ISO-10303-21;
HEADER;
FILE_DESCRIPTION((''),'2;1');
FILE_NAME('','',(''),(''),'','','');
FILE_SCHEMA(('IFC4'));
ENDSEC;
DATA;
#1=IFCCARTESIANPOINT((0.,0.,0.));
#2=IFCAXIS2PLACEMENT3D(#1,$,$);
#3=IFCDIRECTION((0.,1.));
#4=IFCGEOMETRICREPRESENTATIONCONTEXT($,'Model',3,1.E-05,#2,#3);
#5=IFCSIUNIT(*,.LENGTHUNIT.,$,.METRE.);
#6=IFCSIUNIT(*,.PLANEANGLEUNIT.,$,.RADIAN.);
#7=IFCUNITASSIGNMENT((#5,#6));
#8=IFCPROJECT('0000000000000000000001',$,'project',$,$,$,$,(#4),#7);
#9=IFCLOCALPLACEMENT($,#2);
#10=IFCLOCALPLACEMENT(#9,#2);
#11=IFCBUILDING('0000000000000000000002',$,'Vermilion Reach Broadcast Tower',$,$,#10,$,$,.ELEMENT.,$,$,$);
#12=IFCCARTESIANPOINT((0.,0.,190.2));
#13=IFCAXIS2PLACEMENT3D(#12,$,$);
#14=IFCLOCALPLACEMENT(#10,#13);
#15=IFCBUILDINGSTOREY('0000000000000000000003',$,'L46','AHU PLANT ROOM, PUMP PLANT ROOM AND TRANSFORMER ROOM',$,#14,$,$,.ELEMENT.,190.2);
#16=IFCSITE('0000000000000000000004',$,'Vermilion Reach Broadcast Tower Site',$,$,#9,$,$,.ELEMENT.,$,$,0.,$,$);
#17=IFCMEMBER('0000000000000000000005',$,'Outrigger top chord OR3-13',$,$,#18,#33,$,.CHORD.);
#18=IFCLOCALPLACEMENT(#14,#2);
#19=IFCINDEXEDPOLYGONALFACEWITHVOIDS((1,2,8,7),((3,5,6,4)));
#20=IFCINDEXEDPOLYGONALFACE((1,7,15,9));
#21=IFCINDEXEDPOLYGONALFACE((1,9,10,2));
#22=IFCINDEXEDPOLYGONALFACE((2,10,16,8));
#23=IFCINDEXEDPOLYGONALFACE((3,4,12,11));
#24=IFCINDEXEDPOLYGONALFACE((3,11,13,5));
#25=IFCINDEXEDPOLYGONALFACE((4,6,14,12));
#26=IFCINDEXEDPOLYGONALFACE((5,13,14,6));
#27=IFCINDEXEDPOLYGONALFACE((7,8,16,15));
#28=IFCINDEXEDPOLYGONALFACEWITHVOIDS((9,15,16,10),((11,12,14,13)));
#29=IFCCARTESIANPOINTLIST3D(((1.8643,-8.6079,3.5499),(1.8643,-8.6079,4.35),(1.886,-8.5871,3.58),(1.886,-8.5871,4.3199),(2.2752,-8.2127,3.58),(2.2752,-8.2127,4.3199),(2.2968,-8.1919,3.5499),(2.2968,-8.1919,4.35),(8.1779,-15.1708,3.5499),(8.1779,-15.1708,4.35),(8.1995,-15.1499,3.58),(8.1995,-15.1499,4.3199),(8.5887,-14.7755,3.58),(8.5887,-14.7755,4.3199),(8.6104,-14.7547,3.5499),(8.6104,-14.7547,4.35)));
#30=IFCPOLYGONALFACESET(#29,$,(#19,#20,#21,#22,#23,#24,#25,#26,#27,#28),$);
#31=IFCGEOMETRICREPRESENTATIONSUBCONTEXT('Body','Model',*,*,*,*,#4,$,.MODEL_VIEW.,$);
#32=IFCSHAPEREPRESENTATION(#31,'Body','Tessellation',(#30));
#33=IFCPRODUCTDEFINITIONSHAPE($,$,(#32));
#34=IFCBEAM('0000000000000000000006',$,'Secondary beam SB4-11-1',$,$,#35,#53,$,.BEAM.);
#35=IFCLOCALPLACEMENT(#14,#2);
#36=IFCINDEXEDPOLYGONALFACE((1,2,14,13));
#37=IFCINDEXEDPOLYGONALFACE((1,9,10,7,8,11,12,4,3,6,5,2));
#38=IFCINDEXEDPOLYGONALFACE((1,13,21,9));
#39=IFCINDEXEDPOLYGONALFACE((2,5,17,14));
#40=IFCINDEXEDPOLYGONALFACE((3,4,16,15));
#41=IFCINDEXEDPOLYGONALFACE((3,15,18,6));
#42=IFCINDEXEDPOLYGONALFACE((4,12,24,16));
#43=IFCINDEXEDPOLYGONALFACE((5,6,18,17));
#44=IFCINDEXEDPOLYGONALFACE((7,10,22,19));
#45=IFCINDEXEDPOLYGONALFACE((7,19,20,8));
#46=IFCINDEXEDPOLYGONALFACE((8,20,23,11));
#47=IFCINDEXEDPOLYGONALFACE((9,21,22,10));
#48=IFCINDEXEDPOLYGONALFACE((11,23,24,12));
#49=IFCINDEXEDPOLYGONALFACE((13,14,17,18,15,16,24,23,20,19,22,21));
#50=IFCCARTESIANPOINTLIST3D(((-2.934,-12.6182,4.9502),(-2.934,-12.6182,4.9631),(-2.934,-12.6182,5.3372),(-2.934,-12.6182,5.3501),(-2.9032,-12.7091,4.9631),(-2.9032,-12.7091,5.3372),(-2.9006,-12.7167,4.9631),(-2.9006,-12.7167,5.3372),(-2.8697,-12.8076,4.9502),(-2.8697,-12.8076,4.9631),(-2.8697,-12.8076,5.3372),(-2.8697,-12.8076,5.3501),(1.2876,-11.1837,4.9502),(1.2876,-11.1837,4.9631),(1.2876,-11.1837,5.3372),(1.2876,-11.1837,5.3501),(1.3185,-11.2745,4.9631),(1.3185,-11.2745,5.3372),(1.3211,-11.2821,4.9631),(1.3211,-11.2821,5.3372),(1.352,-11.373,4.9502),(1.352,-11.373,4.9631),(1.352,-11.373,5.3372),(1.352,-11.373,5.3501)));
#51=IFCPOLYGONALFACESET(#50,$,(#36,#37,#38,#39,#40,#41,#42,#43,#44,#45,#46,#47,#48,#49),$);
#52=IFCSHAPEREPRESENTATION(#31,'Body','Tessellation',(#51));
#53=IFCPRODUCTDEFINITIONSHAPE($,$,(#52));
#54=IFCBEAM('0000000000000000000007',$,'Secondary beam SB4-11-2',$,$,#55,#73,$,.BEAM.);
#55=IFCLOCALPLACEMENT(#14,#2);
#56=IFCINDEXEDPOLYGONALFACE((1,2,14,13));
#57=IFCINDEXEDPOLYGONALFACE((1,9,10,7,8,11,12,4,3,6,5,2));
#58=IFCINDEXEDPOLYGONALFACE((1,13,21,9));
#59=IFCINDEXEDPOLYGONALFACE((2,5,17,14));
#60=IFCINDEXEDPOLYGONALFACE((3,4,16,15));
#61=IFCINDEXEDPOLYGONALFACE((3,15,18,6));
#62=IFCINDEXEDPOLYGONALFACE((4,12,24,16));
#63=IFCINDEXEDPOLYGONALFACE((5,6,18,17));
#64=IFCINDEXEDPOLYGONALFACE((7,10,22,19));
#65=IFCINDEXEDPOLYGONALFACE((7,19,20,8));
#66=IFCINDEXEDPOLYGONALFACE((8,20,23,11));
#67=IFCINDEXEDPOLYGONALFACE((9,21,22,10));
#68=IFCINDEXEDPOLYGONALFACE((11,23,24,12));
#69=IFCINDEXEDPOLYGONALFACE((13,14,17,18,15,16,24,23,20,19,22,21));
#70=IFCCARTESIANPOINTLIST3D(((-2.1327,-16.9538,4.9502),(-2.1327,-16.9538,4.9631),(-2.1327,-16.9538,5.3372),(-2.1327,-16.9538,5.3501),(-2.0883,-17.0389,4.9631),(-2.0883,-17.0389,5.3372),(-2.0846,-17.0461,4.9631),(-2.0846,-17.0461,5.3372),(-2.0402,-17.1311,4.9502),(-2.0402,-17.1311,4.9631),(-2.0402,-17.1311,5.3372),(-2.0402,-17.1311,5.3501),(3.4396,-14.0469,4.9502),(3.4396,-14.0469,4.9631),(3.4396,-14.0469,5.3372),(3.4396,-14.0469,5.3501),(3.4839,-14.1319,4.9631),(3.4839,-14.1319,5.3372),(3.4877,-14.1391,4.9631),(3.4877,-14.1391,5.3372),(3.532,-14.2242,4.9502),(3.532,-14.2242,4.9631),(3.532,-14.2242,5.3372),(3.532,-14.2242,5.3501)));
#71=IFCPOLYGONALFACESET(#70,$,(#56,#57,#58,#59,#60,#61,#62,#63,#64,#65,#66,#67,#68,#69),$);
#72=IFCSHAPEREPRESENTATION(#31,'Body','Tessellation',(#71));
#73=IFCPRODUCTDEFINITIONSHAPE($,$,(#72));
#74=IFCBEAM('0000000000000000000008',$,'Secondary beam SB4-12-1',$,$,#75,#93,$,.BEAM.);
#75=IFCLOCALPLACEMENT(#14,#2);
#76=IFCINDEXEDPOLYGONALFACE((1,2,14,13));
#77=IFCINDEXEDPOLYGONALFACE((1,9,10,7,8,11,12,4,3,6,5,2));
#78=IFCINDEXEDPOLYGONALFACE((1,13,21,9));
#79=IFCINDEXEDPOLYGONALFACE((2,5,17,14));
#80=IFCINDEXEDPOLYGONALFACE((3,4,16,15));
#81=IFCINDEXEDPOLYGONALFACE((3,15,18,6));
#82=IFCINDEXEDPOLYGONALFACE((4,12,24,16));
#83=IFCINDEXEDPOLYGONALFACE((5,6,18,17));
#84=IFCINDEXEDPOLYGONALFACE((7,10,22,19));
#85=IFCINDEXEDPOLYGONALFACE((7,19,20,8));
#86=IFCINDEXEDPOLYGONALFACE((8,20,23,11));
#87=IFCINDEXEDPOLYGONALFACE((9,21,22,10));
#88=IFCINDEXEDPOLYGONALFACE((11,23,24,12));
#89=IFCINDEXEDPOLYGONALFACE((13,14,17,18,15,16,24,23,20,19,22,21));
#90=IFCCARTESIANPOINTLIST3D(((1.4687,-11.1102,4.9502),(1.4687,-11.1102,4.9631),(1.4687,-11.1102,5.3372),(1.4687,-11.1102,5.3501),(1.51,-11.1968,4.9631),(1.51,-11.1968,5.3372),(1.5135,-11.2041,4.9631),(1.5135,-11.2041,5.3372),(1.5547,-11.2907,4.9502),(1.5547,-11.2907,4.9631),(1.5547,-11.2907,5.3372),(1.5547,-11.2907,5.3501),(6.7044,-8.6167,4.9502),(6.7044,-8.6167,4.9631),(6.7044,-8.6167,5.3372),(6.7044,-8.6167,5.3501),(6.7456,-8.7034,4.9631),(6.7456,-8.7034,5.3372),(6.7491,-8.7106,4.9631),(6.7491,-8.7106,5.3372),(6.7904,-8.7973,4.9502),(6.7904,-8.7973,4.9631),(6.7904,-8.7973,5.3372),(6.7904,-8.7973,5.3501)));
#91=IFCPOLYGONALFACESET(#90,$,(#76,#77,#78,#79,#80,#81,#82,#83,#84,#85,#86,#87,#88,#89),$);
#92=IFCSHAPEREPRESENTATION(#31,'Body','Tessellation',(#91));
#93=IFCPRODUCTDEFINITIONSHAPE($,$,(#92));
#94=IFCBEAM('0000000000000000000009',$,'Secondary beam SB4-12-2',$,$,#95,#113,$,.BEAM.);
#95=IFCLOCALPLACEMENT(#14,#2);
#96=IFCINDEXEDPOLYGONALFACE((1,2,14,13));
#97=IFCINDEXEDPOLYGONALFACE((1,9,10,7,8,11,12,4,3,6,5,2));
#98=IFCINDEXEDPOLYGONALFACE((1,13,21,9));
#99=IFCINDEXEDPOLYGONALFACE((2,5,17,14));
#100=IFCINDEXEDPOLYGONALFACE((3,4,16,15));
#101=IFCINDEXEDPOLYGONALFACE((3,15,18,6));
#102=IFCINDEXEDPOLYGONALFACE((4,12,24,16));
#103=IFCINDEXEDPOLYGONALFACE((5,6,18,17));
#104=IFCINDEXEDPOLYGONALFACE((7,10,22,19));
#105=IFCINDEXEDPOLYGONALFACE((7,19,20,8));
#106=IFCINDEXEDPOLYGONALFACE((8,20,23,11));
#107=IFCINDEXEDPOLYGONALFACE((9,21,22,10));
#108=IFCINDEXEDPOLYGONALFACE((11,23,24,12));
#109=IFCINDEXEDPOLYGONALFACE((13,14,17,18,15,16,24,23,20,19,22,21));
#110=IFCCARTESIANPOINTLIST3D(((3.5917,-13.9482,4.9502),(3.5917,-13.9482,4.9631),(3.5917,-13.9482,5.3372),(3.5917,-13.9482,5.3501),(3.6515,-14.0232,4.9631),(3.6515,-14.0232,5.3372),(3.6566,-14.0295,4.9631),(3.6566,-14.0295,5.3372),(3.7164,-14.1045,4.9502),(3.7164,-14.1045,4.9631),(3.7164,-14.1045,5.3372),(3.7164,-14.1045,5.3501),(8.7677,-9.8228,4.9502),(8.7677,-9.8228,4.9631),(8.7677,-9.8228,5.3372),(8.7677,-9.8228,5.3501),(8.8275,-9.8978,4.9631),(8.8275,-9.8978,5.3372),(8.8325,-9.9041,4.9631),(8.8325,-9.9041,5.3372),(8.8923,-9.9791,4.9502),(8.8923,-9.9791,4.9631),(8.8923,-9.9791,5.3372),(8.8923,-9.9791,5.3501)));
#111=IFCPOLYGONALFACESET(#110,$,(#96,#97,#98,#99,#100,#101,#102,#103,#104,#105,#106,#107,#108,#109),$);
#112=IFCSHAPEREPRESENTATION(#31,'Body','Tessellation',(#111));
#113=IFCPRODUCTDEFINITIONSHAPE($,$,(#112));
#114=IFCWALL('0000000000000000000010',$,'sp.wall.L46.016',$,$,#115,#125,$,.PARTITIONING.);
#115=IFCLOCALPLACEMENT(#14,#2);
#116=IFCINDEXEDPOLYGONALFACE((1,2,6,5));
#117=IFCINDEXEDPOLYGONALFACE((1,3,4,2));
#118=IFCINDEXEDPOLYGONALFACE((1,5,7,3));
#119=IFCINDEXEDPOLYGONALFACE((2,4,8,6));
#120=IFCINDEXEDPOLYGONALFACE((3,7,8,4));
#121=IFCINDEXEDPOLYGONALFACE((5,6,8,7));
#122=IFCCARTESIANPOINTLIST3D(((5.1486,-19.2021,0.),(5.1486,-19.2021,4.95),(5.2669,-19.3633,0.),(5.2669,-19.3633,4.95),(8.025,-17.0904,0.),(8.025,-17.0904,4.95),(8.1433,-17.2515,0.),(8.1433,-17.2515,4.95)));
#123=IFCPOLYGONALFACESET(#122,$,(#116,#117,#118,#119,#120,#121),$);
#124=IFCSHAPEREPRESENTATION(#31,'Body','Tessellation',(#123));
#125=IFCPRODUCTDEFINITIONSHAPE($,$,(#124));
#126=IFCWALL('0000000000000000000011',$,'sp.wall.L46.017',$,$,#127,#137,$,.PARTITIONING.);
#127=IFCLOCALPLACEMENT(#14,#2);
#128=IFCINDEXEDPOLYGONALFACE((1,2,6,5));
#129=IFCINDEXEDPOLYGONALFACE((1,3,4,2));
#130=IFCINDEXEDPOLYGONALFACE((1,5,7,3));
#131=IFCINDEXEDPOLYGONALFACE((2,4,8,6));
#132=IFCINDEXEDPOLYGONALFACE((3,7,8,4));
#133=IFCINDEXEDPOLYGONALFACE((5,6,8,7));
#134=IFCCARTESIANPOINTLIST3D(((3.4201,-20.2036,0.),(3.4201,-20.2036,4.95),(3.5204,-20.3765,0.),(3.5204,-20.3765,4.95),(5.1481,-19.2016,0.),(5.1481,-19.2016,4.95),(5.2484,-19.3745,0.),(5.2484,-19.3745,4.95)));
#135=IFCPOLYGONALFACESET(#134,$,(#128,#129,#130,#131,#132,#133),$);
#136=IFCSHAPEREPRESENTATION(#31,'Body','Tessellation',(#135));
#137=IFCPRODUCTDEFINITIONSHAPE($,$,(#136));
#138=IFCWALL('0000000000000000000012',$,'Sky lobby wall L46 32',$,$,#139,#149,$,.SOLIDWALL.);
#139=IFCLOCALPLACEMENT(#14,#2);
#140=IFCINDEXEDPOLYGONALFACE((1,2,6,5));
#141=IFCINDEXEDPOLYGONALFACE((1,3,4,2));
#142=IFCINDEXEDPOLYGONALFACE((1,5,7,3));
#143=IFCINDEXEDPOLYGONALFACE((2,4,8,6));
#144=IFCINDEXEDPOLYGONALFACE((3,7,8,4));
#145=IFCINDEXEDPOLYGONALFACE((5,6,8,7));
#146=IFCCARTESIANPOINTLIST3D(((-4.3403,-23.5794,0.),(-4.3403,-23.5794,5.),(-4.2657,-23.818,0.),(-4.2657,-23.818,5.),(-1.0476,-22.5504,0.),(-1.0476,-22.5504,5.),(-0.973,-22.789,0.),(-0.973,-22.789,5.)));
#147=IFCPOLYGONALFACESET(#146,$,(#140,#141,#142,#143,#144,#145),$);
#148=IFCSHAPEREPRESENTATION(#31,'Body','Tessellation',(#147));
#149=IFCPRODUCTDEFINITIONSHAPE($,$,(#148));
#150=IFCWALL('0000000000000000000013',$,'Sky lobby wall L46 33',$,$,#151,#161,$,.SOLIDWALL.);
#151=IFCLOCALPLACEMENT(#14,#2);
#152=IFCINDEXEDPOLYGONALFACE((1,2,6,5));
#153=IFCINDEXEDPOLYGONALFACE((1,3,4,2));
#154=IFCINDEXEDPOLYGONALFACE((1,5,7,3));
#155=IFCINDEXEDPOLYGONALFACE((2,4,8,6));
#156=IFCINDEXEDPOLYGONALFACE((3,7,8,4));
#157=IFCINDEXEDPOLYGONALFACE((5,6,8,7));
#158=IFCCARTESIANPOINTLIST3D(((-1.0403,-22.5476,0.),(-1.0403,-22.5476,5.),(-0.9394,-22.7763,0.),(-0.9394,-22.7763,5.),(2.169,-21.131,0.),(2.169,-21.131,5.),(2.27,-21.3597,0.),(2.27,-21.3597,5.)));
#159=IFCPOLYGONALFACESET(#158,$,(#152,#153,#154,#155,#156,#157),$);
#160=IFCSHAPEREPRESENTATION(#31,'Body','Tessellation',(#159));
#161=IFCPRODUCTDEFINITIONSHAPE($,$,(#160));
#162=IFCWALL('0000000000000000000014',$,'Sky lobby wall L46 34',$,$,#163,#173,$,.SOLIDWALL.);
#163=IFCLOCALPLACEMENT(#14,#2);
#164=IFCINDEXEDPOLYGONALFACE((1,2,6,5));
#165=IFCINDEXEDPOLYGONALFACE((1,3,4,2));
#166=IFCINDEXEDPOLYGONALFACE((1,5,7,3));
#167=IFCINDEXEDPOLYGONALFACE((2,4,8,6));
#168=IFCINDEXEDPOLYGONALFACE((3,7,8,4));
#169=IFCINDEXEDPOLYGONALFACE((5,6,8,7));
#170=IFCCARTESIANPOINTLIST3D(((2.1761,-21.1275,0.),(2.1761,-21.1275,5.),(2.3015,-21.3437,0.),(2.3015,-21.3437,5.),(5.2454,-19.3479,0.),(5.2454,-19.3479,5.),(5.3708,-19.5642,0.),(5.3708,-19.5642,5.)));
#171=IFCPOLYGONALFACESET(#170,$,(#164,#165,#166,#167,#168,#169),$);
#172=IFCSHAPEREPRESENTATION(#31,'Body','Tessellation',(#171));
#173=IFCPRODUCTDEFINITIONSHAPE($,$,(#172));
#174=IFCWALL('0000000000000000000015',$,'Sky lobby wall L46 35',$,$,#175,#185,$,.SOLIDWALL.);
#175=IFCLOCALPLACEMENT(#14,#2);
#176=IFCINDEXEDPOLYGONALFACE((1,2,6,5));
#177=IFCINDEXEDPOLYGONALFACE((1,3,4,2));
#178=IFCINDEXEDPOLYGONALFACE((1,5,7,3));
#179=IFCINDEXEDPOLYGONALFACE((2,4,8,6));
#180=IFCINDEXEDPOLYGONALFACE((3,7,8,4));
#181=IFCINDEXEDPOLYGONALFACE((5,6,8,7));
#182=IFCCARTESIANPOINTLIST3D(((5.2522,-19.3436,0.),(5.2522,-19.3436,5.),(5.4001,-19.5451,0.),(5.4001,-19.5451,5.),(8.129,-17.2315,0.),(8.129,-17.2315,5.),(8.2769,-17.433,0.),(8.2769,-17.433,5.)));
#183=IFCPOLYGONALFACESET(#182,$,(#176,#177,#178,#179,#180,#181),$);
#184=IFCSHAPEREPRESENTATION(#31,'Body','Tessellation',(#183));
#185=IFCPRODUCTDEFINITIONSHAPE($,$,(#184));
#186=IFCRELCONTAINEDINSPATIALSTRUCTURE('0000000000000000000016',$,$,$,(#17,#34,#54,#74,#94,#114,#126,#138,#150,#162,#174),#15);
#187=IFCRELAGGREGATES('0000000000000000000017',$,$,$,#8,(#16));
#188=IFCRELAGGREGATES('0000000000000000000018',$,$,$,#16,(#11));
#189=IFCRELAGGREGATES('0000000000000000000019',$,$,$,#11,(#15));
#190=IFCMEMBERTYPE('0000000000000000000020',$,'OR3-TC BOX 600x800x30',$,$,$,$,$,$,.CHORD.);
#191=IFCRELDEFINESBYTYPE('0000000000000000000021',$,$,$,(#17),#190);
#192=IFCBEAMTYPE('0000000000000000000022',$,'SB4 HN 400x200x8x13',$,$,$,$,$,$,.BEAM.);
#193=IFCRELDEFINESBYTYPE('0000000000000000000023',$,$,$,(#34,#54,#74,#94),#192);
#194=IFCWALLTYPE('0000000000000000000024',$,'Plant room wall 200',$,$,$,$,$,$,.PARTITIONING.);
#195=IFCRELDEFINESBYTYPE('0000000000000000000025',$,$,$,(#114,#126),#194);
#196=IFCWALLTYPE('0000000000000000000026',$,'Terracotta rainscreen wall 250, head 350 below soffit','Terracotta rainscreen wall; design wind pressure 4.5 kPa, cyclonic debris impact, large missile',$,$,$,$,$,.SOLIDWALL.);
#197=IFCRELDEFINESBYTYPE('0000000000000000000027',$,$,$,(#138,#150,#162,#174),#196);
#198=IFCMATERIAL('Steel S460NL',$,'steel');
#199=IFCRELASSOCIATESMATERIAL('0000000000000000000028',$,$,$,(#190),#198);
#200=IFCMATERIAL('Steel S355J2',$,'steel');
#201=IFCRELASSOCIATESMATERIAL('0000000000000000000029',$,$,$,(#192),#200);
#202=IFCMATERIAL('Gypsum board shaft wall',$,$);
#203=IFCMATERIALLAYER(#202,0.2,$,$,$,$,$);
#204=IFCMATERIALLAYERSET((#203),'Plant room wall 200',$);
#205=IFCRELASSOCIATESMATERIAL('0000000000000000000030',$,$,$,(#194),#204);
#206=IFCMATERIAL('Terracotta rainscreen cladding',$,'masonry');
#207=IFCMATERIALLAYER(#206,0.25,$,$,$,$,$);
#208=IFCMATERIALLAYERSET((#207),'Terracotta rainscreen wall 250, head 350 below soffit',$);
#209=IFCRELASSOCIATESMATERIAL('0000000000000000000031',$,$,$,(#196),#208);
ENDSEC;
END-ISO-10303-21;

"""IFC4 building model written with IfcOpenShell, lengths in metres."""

from ifc_helpers import new_model, si_unit, direction, frame, frame_2d, origin, origin_2d, place, context, subcontext, project, spatial, rectangle, hollow_rectangle, i_section, extrude, material, layer, layer_set, material_profile, profile_set, type_object, element, save


model = new_model("IFC4")

# Units and contexts
model_context = context("Model", 3, precision=1e-05, world=origin(), true_north=direction((0.0, 1.0)))
body_context = subcontext(model_context, "Body", "Model", "MODEL_VIEW")
ifc_project = project(units=[si_unit("LENGTHUNIT", "METRE"), si_unit("PLANEANGLEUNIT", "RADIAN")], contexts=[model_context])

# Site, building, storey
site_placement = place(None, origin())
site = spatial("IfcSite", under=ifc_project, at=site_placement, Name="Vermilion Reach Broadcast Tower Site", CompositionType="ELEMENT", RefElevation=0.0)
building_placement = place(site_placement, origin())
building = spatial("IfcBuilding", under=site, at=building_placement, Name="Vermilion Reach Broadcast Tower", CompositionType="ELEMENT")
storey_placement = place(building_placement, frame((0.0, 0.0, 190.2)))
storey = spatial("IfcBuildingStorey", under=building, at=storey_placement, Name="L46", Description="AHU PLANT ROOM, PUMP PLANT ROOM AND TRANSFORMER ROOM", CompositionType="ELEMENT", Elevation=190.2)

# Member
ifc_material_1 = material(Name="Steel S460NL", Category="steel")
ifc_material_profile_1 = material_profile(ifc_material_1, hollow_rectangle(XDim=0.6001, YDim=0.8, WallThickness=0.03, at=origin_2d()), Name="S460NL BOX 600x800x30")
ifc_profile_set_1 = profile_set([ifc_material_profile_1], Name="Steel S460NL")
member_type_1 = type_object("IfcMemberType", Name="OR3-TC BOX 600x800x30", PredefinedType="CHORD", material=ifc_profile_set_1)
member_1_placement = place(storey_placement, frame((2.0806, -8.3999, 3.95), z_axis=(0.693288, -0.72066, 0.0), x_axis=(0.72066, 0.693288, 0.0)))
element("IfcMember", 1, at=member_1_placement, inside=storey, type_object=member_type_1, Name="Outrigger top chord OR3-13", PredefinedType="CHORD", context=body_context, shape_type="SweptSolid", body=[
    extrude(hollow_rectangle(XDim=0.6001, YDim=0.8, WallThickness=0.03, at=origin_2d()), origin(), (0.0, 0.0, 1.0), 9.1067),
])

# Beams
ifc_material_2 = material(Name="Steel S355J2", Category="steel")
ifc_material_profile_2 = material_profile(ifc_material_2, i_section(OverallWidth=0.2, OverallDepth=0.3999, WebThickness=0.0081, FlangeThickness=0.0129, at=origin_2d()), Name="S355J2 HN 400x200x8x13")
ifc_profile_set_2 = profile_set([ifc_material_profile_2], Name="Steel S355J2")
beam_type_1 = type_object("IfcBeamType", Name="SB4 HN 400x200x8x13", PredefinedType="BEAM", material=ifc_profile_set_2)
beam_1_placement = place(storey_placement, frame((-2.9019, -12.7129, 5.1501), z_axis=(0.946827, 0.321742, 0.0), x_axis=(-0.321742, 0.946827, 0.0)))
element("IfcBeam", 2, at=beam_1_placement, inside=storey, type_object=beam_type_1, Name="Secondary beam SB4-11-1", PredefinedType="BEAM", context=body_context, shape_type="SweptSolid", body=[
    extrude(i_section(OverallWidth=0.2, OverallDepth=0.3999, WebThickness=0.0081, FlangeThickness=0.0129, at=origin_2d()), origin(), (0.0, 0.0, 1.0), 4.4587),
])
beam_2_placement = place(storey_placement, frame((-2.0864, -17.0425, 5.1501), z_axis=(0.886604, 0.46253, 0.0), x_axis=(-0.46253, 0.886604, 0.0)))
element("IfcBeam", 3, at=beam_2_placement, inside=storey, type_object=beam_type_1, Name="Secondary beam SB4-11-2", PredefinedType="BEAM", context=body_context, shape_type="SweptSolid", body=[
    extrude(i_section(OverallWidth=0.2, OverallDepth=0.3999, WebThickness=0.0081, FlangeThickness=0.0129, at=origin_2d()), origin(), (0.0, 0.0, 1.0), 6.2849),
])
beam_3_placement = place(storey_placement, frame((1.5117, -11.2004, 5.1501), z_axis=(0.902843, 0.429971, 0.0), x_axis=(-0.429971, 0.902843, 0.0)))
element("IfcBeam", 4, at=beam_3_placement, inside=storey, type_object=beam_type_1, Name="Secondary beam SB4-12-1", PredefinedType="BEAM", context=body_context, shape_type="SweptSolid", body=[
    extrude(i_section(OverallWidth=0.2, OverallDepth=0.3999, WebThickness=0.0081, FlangeThickness=0.0129, at=origin_2d()), origin(), (0.0, 0.0, 1.0), 5.7991),
])
beam_4_placement = place(storey_placement, frame((3.6541, -14.0264, 5.1501), z_axis=(0.781997, 0.623282, 0.0), x_axis=(-0.623282, 0.781997, 0.0)))
element("IfcBeam", 5, at=beam_4_placement, inside=storey, type_object=beam_type_1, Name="Secondary beam SB4-12-2", PredefinedType="BEAM", context=body_context, shape_type="SweptSolid", body=[
    extrude(i_section(OverallWidth=0.2, OverallDepth=0.3999, WebThickness=0.0081, FlangeThickness=0.0129, at=origin_2d()), origin(), (0.0, 0.0, 1.0), 6.6189),
])

# Walls
ifc_material_3 = material(Name="Gypsum board shaft wall")
ifc_layer_1 = layer(ifc_material_3, 0.2)
ifc_layer_set_1 = layer_set([ifc_layer_1], Name="Plant room wall 200")
wall_type_1 = type_object("IfcWallType", Name="Plant room wall 200", PredefinedType="PARTITIONING", material=ifc_layer_set_1)
wall_1_placement = place(storey_placement, frame((5.2078, -19.2827, 0.0), z_axis=(0.0, 0.0, 1.0), x_axis=(0.806083, 0.591803, 0.0)))
element("IfcWall", 6, at=wall_1_placement, inside=storey, type_object=wall_type_1, Name="sp.wall.L46.016", PredefinedType="PARTITIONING", context=body_context, shape_type="SweptSolid", body=[
    extrude(rectangle(XDim=3.5684, YDim=0.2, at=frame_2d((1.7842, 0.0))), origin(), (0.0, 0.0, 1.0), 4.95),
])
wall_2_placement = place(storey_placement, frame((3.4702, -20.29, 0.0), z_axis=(0.0, 0.0, 1.0), x_axis=(0.865097, 0.501605, 0.0)))
element("IfcWall", 7, at=wall_2_placement, inside=storey, type_object=wall_type_1, Name="sp.wall.L46.017", PredefinedType="PARTITIONING", context=body_context, shape_type="SweptSolid", body=[
    extrude(rectangle(XDim=1.9976, YDim=0.2, at=frame_2d((0.9988, 0.0))), origin(), (0.0, 0.0, 1.0), 4.95),
])
ifc_material_4 = material(Name="Terracotta rainscreen cladding", Category="masonry")
ifc_layer_2 = layer(ifc_material_4, 0.25)
ifc_layer_set_2 = layer_set([ifc_layer_2], Name="Terracotta rainscreen wall 250, head 350 below soffit")
wall_type_2 = type_object("IfcWallType", Name="Terracotta rainscreen wall 250, head 350 below soffit", Description="Terracotta rainscreen wall; design wind pressure 4.5 kPa, cyclonic debris impact, large missile", PredefinedType="SOLIDWALL", material=ifc_layer_set_2)
wall_3_placement = place(storey_placement, frame((-4.303, -23.6987, 0.0), z_axis=(0.0, 0.0, 1.0), x_axis=(0.954474, 0.298295, 0.0)))
element("IfcWall", 8, at=wall_3_placement, inside=storey, type_object=wall_type_2, Name="Sky lobby wall L46 32", PredefinedType="SOLIDWALL", context=body_context, shape_type="SweptSolid", body=[
    extrude(rectangle(XDim=3.4497, YDim=0.25, at=frame_2d((1.7249, 0.0))), origin(), (0.0, 0.0, 1.0), 5.0),
])
wall_4_placement = place(storey_placement, frame((-0.9897, -22.6619, 0.0), z_axis=(0.0, 0.0, 1.0), x_axis=(0.914847, 0.4038, 0.0)))
element("IfcWall", 9, at=wall_4_placement, inside=storey, type_object=wall_type_2, Name="Sky lobby wall L46 33", PredefinedType="SOLIDWALL", context=body_context, shape_type="SweptSolid", body=[
    extrude(rectangle(XDim=3.5081, YDim=0.25, at=frame_2d((1.7539, 0.0))), origin(), (0.0, 0.0, 1.0), 5.0),
])
wall_5_placement = place(storey_placement, frame((2.2388, -21.2356, 0.0), z_axis=(0.0, 0.0, 1.0), x_axis=(0.865114, 0.501576, 0.0)))
element("IfcWall", 10, at=wall_5_placement, inside=storey, type_object=wall_type_2, Name="Sky lobby wall L46 34", PredefinedType="SOLIDWALL", context=body_context, shape_type="SweptSolid", body=[
    extrude(rectangle(XDim=3.5479, YDim=0.25, at=frame_2d((1.7739, 0.0))), origin(), (0.0, 0.0, 1.0), 5.0),
])
wall_6_placement = place(storey_placement, frame((5.3262, -19.4443, 0.0), z_axis=(0.0, 0.0, 1.0), x_axis=(0.806074, 0.591814, 0.0)))
element("IfcWall", 11, at=wall_6_placement, inside=storey, type_object=wall_type_2, Name="Sky lobby wall L46 35", PredefinedType="SOLIDWALL", context=body_context, shape_type="SweptSolid", body=[
    extrude(rectangle(XDim=3.5688, YDim=0.25, at=frame_2d((1.7844, 0.0))), origin(), (0.0, 0.0, 1.0), 5.0),
])

save(model, "model.ifc")
